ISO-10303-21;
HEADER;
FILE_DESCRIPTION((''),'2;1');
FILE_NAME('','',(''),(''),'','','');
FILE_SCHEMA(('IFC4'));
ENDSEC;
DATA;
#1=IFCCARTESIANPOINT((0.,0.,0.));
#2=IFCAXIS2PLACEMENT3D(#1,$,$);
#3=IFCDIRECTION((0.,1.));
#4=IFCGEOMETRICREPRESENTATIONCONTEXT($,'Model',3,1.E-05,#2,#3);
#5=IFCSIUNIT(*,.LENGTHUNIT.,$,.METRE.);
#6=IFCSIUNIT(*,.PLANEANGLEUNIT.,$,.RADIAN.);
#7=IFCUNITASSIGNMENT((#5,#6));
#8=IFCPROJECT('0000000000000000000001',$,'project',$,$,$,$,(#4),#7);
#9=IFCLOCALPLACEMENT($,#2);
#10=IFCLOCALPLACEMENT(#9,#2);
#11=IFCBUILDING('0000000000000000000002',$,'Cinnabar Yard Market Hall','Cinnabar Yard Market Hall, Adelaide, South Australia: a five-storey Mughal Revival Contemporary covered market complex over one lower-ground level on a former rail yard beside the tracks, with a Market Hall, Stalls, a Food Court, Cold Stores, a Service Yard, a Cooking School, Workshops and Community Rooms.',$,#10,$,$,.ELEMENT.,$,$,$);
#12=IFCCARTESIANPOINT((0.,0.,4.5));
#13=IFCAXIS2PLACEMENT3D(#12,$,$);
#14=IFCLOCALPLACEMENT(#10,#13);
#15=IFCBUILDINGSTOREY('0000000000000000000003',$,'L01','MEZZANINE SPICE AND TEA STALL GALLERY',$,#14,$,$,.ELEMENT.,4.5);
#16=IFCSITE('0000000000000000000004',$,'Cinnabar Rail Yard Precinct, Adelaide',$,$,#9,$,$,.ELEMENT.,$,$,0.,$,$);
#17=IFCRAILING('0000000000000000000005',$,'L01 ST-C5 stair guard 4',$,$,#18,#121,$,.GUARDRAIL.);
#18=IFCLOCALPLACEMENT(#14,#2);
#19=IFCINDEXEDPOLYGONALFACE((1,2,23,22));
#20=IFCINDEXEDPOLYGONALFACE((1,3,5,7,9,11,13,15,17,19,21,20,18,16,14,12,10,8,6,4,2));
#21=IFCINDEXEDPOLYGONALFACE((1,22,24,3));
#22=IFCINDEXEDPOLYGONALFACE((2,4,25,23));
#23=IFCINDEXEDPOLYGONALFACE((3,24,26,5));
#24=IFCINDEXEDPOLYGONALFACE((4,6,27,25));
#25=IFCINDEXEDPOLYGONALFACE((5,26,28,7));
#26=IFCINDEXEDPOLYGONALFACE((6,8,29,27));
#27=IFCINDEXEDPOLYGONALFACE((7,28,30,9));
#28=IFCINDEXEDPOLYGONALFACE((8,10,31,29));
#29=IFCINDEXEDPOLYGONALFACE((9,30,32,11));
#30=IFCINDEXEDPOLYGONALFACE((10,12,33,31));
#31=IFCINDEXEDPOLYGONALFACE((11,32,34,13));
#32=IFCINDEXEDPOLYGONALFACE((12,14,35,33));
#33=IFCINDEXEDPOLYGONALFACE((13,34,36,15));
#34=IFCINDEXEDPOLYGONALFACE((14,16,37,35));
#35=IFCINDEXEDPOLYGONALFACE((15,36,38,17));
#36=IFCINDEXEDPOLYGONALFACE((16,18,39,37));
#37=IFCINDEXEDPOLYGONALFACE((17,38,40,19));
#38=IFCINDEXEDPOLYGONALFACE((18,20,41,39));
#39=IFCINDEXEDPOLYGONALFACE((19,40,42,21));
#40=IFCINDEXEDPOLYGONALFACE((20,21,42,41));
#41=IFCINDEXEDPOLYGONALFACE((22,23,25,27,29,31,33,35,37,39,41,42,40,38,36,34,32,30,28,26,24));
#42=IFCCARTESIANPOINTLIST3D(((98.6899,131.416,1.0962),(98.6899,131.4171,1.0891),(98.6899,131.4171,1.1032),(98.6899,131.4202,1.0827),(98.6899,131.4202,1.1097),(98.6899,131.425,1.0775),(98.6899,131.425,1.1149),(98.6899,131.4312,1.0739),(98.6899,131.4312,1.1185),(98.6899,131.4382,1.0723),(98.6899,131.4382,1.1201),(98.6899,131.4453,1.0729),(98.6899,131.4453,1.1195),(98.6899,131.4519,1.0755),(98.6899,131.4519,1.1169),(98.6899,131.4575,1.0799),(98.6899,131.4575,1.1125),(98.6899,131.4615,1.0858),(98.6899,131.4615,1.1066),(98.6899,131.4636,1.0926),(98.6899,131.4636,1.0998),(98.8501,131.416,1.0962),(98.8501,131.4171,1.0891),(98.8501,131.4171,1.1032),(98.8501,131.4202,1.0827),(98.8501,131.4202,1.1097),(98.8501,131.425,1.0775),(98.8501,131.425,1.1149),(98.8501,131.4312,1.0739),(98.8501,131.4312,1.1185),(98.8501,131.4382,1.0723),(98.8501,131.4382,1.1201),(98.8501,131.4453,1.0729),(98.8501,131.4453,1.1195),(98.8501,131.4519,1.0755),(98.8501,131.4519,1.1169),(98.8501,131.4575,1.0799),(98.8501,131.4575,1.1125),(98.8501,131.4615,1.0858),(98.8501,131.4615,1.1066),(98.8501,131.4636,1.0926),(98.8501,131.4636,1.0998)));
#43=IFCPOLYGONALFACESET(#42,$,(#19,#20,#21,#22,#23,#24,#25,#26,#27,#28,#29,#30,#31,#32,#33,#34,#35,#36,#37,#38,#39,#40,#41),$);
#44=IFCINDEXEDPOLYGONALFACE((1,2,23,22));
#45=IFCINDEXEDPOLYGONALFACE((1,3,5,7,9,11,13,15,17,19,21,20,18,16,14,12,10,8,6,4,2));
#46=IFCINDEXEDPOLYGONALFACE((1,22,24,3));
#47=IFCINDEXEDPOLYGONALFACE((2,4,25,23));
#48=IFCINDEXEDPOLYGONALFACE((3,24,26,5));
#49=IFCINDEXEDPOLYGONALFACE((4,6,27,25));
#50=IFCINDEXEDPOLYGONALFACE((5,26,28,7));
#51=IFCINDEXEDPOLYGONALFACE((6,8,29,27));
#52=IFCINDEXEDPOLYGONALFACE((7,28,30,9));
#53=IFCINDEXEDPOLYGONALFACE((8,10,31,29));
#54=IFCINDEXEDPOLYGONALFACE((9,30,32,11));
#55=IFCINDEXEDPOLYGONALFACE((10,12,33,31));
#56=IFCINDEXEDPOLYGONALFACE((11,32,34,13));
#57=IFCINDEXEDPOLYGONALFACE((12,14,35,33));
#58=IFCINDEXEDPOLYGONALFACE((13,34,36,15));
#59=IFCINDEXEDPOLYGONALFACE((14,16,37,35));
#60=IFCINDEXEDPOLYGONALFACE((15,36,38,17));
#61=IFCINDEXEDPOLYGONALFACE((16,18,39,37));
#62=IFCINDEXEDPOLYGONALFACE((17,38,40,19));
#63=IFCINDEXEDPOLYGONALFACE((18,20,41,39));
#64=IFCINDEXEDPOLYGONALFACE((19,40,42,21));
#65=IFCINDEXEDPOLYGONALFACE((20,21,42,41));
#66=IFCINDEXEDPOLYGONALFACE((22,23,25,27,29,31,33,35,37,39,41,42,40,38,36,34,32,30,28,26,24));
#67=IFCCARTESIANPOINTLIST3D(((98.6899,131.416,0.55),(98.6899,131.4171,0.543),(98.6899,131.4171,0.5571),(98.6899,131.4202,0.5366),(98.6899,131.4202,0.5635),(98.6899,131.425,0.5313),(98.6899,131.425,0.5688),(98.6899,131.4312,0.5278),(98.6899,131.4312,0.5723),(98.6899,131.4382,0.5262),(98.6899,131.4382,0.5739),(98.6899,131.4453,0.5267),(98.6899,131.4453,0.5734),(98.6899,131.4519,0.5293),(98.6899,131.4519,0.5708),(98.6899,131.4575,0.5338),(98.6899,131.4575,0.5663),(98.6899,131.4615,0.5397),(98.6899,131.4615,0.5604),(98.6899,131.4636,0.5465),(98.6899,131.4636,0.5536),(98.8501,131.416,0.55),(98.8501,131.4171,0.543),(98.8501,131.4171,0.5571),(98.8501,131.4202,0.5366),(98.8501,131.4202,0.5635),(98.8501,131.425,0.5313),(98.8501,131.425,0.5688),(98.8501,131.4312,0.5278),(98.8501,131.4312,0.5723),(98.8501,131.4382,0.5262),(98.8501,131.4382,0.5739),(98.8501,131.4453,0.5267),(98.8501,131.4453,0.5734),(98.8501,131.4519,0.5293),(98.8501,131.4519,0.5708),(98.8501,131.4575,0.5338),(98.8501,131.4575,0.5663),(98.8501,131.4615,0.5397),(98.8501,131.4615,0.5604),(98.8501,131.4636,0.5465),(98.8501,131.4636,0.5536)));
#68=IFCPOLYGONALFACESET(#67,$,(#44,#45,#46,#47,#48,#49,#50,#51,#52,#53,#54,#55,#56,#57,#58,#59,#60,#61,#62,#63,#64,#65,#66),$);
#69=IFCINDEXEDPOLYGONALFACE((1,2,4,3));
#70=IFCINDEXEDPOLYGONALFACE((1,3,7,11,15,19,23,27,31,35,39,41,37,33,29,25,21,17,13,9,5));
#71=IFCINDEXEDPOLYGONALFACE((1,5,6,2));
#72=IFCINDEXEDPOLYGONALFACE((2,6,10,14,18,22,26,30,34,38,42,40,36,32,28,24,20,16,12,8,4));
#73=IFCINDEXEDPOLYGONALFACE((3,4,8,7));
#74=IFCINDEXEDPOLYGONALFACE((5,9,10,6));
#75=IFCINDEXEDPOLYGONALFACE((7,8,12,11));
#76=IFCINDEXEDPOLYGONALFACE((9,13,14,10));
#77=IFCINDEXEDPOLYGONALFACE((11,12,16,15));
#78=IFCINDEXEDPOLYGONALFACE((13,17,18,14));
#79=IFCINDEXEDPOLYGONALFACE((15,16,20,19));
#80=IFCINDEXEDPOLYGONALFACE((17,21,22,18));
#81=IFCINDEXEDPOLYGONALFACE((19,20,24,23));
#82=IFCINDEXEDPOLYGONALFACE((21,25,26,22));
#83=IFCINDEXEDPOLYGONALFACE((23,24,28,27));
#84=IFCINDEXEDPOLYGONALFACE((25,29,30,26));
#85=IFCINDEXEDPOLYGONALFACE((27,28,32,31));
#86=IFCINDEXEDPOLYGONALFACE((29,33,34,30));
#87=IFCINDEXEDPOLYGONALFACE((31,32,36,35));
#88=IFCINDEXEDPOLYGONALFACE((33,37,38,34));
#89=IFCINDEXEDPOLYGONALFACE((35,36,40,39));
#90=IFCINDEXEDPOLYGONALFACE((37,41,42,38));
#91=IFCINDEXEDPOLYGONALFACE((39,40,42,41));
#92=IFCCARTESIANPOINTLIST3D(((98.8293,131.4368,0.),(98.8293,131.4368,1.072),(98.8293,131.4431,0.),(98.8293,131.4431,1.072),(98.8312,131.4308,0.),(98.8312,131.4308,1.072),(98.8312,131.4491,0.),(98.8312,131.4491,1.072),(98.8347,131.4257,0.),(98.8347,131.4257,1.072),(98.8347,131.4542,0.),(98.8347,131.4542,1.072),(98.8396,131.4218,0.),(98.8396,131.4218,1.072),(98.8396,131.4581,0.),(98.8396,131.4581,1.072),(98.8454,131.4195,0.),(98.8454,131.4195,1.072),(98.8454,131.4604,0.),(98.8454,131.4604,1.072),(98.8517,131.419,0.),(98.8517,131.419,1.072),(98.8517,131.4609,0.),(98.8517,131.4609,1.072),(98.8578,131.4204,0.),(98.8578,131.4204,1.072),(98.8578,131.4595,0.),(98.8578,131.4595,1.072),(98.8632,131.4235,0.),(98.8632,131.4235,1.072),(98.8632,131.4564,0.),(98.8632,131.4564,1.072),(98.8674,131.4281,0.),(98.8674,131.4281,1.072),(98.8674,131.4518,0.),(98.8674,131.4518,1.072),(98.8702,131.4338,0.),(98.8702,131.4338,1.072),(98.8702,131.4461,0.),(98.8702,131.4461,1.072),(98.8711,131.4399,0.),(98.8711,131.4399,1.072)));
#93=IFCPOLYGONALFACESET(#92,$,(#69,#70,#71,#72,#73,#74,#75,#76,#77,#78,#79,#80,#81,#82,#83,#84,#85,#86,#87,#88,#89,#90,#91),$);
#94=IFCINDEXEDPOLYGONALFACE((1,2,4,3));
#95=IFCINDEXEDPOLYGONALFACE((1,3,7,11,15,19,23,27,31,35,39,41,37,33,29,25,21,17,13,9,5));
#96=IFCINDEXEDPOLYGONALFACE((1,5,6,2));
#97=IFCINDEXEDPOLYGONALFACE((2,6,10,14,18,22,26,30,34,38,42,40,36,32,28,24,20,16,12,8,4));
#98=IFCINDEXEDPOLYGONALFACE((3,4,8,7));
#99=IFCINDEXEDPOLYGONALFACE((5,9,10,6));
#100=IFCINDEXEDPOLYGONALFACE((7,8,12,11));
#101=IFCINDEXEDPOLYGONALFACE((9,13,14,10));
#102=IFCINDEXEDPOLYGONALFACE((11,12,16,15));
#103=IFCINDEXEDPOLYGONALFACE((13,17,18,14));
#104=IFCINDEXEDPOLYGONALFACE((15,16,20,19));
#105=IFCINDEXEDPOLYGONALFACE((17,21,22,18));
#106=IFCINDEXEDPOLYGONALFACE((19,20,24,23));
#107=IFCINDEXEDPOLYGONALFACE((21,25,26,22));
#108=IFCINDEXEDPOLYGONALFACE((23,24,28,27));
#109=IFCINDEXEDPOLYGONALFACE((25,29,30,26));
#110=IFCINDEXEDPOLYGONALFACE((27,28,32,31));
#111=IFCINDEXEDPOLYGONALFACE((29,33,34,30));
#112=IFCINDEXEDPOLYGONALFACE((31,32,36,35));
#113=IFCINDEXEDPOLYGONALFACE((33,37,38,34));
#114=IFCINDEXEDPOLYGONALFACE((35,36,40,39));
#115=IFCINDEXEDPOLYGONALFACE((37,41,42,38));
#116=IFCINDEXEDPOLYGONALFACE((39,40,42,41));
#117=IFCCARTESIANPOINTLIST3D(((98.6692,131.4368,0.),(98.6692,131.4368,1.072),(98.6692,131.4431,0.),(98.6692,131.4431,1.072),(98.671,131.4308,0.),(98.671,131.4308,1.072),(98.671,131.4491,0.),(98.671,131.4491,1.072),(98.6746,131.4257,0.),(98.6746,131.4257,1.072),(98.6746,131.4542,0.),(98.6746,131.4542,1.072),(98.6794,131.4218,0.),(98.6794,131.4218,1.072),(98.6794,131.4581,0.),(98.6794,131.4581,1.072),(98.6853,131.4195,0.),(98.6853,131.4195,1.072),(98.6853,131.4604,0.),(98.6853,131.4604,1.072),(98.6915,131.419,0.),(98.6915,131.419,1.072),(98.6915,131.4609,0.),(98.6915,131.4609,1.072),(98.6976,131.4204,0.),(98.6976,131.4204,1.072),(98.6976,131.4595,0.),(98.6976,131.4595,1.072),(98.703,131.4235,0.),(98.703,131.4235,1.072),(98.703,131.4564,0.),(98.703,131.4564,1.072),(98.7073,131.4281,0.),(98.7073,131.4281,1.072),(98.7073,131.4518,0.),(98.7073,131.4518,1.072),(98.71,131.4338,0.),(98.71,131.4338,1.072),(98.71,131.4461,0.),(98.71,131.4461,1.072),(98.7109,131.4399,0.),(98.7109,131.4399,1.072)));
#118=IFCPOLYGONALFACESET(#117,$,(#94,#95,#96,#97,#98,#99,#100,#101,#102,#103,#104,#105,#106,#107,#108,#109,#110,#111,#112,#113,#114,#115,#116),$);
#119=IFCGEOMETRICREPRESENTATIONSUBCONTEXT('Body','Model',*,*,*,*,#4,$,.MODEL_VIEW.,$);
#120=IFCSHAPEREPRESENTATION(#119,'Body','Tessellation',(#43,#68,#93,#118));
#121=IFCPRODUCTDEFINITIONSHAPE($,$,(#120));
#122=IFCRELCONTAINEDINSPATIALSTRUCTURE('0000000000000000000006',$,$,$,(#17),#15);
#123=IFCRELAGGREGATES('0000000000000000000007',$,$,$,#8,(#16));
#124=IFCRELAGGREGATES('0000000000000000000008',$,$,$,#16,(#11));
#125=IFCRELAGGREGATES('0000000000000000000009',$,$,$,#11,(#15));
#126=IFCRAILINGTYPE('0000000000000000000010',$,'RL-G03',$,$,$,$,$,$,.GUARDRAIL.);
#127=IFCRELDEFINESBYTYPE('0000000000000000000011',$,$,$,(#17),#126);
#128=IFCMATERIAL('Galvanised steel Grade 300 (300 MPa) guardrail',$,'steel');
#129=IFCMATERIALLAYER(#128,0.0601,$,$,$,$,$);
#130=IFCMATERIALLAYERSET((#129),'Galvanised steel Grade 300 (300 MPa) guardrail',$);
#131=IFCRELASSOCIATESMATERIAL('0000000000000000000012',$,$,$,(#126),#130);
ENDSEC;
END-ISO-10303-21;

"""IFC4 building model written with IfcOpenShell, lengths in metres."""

from ifc_helpers import new_model, si_unit, direction, frame, origin, origin_2d_with_axis, place, context, subcontext, project, spatial, circle, extrude, material, layer, layer_set, type_object, element, save


model = new_model("IFC4")

# Units and contexts
model_context = context("Model", 3, precision=1e-05, world=origin(), true_north=direction((0.0, 1.0)))
body_context = subcontext(model_context, "Body", "Model", "MODEL_VIEW")
ifc_project = project(units=[si_unit("LENGTHUNIT", "METRE"), si_unit("PLANEANGLEUNIT", "RADIAN")], contexts=[model_context])

# Site, building, storey
site_placement = place(None, origin())
site = spatial("IfcSite", under=ifc_project, at=site_placement, Name="Cinnabar Rail Yard Precinct, Adelaide", CompositionType="ELEMENT", RefElevation=0.0)
building_placement = place(site_placement, origin())
building = spatial("IfcBuilding", under=site, at=building_placement, Name="Cinnabar Yard Market Hall", Description="Cinnabar Yard Market Hall, Adelaide, South Australia: a five-storey Mughal Revival Contemporary covered market complex over one lower-ground level on a former rail yard beside the tracks, with a Market Hall, Stalls, a Food Court, Cold Stores, a Service Yard, a Cooking School, Workshops and Community Rooms.", CompositionType="ELEMENT")
storey_placement = place(building_placement, frame((0.0, 0.0, 4.5)))
storey = spatial("IfcBuildingStorey", under=building, at=storey_placement, Name="L01", Description="MEZZANINE SPICE AND TEA STALL GALLERY", CompositionType="ELEMENT", Elevation=4.5)

# Railing
ifc_material_1 = material(Name="Galvanised steel Grade 300 (300 MPa) guardrail", Category="steel")
ifc_layer_1 = layer(ifc_material_1, 0.0601)
ifc_layer_set_1 = layer_set([ifc_layer_1], Name="Galvanised steel Grade 300 (300 MPa) guardrail")
railing_type_1 = type_object("IfcRailingType", Name="RL-G03", PredefinedType="GUARDRAIL", material=ifc_layer_set_1)
railing_1_placement = place(storey_placement, frame((98.8501, 131.4399, 0.0)))
element("IfcRailing", 1, at=railing_1_placement, inside=storey, type_object=railing_type_1, Name="L01 ST-C5 stair guard 4", PredefinedType="GUARDRAIL", context=body_context, shape_type="SweptSolid", body=[
    extrude(circle(Radius=0.0239, at=origin_2d_with_axis()), frame((0.0, 0.0, 1.0962), z_axis=(-1.0, 0.0, 0.0), x_axis=(0.0, -1.0, 0.0)), (0.0, 0.0, 1.0), 0.1602),
    extrude(circle(Radius=0.0239, at=origin_2d_with_axis()), frame((0.0, 0.0, 0.55), z_axis=(-1.0, 0.0, 0.0), x_axis=(0.0, -1.0, 0.0)), (0.0, 0.0, 1.0), 0.1602),
    extrude(circle(Radius=0.021, at=origin_2d_with_axis()), origin(), (0.0, 0.0, 1.0), 1.072),
    extrude(circle(Radius=0.021, at=origin_2d_with_axis()), frame((-0.1602, 0.0, 0.0)), (0.0, 0.0, 1.0), 1.072),
])

save(model, "model.ifc")
